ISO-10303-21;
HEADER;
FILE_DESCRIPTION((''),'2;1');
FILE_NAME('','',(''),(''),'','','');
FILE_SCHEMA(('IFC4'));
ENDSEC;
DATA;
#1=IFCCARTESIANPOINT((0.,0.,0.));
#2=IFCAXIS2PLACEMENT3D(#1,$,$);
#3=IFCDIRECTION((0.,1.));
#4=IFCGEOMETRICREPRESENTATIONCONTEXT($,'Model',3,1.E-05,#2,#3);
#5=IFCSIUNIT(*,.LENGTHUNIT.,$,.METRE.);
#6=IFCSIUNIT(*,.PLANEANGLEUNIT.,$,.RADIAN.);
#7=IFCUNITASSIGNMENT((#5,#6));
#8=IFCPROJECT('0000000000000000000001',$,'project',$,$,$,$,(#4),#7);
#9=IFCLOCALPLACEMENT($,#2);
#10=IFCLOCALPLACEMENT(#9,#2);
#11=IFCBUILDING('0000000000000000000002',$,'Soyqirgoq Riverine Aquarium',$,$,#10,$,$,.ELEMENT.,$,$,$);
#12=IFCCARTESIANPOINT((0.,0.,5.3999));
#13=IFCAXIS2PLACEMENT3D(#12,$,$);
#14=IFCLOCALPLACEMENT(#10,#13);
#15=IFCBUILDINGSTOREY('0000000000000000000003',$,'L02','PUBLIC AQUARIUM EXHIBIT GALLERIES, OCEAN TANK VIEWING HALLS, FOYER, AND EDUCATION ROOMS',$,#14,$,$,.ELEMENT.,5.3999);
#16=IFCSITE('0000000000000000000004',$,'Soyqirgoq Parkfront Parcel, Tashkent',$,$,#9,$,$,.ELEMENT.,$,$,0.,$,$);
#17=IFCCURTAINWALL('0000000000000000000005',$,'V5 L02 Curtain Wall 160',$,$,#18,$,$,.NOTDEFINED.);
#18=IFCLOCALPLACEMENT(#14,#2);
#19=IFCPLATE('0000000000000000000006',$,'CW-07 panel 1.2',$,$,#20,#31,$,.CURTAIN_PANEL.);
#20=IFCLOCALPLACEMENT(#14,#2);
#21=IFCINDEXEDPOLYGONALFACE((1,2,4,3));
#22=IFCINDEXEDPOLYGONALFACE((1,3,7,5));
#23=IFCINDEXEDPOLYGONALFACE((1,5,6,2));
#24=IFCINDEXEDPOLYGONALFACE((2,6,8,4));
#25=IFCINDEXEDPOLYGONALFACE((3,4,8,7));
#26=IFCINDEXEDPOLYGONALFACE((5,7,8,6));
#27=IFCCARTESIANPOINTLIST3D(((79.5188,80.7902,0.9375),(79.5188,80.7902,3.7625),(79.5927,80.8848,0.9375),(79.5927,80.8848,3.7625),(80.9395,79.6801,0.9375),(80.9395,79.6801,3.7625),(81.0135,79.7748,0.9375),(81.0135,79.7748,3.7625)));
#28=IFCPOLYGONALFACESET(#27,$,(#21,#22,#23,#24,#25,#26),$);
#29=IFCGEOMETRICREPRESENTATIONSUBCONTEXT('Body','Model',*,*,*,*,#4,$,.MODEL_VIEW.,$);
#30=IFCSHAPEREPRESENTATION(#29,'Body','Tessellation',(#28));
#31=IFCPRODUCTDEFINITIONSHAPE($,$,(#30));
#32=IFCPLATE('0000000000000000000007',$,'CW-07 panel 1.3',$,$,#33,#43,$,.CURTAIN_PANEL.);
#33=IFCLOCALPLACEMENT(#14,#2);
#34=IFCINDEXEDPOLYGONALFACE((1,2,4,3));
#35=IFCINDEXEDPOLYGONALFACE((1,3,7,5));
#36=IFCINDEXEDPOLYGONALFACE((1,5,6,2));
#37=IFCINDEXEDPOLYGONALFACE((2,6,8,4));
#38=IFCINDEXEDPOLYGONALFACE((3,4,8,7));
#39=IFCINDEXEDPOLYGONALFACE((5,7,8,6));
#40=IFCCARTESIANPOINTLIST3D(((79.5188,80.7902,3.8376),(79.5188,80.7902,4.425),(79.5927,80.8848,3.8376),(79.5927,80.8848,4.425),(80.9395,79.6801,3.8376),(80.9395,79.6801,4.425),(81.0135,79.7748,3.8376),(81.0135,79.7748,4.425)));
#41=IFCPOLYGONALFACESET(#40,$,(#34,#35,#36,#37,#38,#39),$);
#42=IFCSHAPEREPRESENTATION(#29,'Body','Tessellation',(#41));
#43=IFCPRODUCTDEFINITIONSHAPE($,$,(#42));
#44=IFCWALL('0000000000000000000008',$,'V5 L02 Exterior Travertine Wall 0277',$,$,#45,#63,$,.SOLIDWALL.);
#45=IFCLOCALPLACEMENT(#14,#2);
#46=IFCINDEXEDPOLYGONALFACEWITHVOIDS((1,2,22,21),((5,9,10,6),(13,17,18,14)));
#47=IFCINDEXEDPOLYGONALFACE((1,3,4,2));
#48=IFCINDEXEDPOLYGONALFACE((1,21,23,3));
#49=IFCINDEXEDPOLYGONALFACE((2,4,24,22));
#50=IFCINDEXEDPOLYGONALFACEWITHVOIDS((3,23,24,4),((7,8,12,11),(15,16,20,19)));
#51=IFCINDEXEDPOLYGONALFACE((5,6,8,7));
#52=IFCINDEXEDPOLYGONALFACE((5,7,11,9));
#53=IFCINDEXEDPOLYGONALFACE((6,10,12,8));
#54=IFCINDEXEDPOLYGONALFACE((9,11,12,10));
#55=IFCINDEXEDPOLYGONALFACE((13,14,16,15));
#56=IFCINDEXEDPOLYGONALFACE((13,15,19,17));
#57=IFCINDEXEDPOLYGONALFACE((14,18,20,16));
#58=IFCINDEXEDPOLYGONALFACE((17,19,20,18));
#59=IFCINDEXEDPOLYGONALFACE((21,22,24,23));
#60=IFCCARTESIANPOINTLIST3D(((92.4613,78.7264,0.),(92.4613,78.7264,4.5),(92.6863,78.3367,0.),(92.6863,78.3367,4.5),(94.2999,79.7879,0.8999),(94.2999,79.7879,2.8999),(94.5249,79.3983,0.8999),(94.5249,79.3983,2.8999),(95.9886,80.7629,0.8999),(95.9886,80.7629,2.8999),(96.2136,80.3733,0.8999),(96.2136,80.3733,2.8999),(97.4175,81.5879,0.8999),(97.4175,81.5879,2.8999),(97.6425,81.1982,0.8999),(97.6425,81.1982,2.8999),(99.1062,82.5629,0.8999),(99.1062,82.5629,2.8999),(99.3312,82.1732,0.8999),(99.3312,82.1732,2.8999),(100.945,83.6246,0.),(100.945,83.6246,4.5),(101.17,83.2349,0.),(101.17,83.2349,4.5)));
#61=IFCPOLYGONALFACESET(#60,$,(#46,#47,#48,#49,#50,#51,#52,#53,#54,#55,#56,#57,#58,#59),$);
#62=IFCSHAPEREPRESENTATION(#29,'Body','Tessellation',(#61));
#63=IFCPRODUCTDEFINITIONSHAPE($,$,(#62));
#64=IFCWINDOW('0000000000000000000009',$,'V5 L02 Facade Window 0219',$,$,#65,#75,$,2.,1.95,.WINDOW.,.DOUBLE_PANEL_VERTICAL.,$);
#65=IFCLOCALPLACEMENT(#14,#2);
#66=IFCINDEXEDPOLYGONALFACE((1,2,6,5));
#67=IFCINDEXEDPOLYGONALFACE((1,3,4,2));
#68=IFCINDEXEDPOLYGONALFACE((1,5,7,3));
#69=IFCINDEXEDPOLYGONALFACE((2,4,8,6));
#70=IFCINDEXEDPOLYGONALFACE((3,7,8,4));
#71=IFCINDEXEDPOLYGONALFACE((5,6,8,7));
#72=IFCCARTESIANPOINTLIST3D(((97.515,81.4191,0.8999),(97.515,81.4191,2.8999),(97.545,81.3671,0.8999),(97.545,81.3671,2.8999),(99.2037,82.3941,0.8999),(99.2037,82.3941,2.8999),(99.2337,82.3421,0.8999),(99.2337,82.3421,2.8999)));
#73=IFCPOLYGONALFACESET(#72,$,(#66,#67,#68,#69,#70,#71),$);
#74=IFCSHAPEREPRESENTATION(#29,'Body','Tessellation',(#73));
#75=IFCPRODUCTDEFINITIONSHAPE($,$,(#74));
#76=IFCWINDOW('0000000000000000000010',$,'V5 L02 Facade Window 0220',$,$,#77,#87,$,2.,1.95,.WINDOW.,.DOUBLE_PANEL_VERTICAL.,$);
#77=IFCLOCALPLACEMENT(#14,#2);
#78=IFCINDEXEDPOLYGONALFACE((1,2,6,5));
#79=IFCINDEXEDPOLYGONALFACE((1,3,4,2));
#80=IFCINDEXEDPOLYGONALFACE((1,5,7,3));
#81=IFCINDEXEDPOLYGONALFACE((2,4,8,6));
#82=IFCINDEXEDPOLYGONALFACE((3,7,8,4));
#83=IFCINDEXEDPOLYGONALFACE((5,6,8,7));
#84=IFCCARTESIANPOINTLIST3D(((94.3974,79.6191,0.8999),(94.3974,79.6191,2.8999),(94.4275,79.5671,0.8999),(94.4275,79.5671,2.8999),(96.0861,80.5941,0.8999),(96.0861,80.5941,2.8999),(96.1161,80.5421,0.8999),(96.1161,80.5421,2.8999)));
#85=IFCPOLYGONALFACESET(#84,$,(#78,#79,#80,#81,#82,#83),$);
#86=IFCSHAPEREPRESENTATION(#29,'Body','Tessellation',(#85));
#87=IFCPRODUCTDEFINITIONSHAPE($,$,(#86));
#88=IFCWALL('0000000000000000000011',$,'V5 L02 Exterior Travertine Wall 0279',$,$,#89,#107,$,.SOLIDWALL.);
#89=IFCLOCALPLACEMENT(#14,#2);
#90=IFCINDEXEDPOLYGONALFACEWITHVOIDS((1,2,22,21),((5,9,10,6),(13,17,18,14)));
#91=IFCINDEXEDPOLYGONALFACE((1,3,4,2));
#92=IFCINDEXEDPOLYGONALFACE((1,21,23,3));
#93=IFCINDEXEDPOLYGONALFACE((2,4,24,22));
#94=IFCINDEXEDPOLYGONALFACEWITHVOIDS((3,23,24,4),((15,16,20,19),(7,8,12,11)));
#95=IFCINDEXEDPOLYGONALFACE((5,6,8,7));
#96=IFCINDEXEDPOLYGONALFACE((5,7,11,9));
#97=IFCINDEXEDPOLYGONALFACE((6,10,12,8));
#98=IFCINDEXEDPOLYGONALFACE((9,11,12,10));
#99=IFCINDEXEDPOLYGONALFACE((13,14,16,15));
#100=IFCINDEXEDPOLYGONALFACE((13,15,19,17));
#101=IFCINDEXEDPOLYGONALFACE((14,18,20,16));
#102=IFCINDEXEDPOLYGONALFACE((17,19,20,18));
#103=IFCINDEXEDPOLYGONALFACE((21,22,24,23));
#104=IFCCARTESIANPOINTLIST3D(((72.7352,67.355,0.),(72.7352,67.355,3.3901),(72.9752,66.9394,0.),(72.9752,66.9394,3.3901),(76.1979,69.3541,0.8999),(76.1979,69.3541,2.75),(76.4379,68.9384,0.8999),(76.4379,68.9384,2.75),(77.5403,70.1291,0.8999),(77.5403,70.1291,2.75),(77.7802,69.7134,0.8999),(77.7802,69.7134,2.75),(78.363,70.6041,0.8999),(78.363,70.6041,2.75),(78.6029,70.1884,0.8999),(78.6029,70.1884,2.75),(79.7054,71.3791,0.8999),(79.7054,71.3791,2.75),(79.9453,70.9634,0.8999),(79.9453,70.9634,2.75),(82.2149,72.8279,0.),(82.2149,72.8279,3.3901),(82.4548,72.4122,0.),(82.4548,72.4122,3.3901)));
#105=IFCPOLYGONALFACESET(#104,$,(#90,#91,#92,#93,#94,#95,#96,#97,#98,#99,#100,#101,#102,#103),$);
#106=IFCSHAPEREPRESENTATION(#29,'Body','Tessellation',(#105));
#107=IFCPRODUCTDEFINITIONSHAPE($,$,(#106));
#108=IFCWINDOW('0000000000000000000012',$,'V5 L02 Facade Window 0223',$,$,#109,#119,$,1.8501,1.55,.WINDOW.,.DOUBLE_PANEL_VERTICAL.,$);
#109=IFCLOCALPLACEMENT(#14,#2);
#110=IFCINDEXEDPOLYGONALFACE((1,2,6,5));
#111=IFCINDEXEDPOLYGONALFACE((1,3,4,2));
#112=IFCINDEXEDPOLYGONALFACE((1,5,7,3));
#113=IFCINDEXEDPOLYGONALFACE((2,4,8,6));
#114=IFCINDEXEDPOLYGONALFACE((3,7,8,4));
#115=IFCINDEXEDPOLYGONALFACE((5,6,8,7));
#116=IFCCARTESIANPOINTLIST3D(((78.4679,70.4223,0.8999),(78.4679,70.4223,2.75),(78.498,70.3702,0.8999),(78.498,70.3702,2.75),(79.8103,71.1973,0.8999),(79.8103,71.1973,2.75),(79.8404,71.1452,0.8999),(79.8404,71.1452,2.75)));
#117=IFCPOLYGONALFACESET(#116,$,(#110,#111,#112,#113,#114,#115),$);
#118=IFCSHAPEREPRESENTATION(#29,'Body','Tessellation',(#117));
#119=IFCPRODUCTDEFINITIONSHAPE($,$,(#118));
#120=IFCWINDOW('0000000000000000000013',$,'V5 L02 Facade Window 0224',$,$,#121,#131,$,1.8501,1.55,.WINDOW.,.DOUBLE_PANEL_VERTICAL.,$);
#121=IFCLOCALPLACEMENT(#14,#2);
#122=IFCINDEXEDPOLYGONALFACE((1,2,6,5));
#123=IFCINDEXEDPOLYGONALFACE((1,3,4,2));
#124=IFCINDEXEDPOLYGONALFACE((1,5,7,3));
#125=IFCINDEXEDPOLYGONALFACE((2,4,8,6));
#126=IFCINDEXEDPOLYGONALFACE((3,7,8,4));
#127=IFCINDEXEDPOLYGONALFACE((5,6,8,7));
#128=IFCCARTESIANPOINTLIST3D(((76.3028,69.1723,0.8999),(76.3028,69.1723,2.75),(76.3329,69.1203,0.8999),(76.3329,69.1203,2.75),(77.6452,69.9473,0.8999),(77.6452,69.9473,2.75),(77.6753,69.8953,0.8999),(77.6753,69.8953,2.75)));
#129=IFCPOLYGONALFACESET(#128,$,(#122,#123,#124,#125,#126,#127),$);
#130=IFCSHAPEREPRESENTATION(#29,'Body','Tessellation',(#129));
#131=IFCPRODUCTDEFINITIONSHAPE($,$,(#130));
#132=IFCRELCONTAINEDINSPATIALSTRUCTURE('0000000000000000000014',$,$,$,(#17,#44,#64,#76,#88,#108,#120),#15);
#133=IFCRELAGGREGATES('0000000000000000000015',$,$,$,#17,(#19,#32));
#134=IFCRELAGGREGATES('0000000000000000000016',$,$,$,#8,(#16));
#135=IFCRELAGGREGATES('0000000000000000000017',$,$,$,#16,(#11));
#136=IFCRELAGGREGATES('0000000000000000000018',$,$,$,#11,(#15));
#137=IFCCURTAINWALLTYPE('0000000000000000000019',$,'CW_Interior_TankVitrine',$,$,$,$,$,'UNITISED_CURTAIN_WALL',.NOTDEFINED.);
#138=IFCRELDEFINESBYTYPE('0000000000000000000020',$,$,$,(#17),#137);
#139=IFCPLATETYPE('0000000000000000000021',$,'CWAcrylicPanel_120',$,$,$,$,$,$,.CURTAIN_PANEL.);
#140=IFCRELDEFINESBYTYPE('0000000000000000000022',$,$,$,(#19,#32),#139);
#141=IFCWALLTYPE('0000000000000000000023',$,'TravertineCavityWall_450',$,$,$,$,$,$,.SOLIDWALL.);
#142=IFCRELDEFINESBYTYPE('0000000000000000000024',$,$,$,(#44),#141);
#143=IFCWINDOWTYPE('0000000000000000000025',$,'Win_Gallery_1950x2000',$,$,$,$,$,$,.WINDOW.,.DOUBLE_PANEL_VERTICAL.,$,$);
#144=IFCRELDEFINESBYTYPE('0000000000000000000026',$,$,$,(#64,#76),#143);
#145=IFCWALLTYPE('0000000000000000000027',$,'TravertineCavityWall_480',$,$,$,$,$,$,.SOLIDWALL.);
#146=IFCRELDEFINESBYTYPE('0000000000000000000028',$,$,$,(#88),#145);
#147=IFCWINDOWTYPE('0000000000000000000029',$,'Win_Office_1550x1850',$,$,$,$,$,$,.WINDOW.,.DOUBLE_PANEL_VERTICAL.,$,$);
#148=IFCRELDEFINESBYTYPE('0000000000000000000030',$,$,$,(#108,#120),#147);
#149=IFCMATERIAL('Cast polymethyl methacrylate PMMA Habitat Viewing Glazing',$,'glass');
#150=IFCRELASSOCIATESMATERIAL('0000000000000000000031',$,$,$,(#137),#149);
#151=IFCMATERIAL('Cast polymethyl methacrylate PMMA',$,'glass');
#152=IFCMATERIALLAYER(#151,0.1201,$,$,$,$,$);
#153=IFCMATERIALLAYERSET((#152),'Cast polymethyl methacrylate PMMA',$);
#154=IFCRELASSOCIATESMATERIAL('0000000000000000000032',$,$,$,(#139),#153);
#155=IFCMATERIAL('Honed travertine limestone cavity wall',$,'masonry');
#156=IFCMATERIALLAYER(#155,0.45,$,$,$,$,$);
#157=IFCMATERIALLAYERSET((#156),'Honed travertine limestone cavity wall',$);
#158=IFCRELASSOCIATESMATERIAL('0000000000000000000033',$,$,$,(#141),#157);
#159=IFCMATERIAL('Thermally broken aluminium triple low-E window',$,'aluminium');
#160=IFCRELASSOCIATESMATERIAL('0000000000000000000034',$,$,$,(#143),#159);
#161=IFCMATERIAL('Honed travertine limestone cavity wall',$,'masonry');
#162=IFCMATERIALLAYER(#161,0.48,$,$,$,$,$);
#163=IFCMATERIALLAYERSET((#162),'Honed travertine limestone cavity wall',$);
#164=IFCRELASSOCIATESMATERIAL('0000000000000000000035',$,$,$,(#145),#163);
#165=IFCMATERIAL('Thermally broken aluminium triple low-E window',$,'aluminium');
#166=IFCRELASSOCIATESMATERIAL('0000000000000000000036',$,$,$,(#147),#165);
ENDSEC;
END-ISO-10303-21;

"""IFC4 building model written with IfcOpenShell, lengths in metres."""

from ifc_helpers import new_model, si_unit, direction, frame, frame_2d, origin, origin_2d, place, context, subcontext, project, spatial, rectangle, extrude, material, layer, layer_set, type_object, element, fill, aggregate, save


model = new_model("IFC4")

# Units and contexts
model_context = context("Model", 3, precision=1e-05, world=origin(), true_north=direction((0.0, 1.0)))
body_context = subcontext(model_context, "Body", "Model", "MODEL_VIEW")
ifc_project = project(units=[si_unit("LENGTHUNIT", "METRE"), si_unit("PLANEANGLEUNIT", "RADIAN")], contexts=[model_context])

# Site, building, storey
site_placement = place(None, origin())
site = spatial("IfcSite", under=ifc_project, at=site_placement, Name="Soyqirgoq Parkfront Parcel, Tashkent", CompositionType="ELEMENT", RefElevation=0.0)
building_placement = place(site_placement, origin())
building = spatial("IfcBuilding", under=site, at=building_placement, Name="Soyqirgoq Riverine Aquarium", CompositionType="ELEMENT")
storey_placement = place(building_placement, frame((0.0, 0.0, 5.3999)))
storey = spatial("IfcBuildingStorey", under=building, at=storey_placement, Name="L02", Description="PUBLIC AQUARIUM EXHIBIT GALLERIES, OCEAN TANK VIEWING HALLS, FOYER, AND EDUCATION ROOMS", CompositionType="ELEMENT", Elevation=5.3999)

# Curtain wall
ifc_material_1 = material(Name="Cast polymethyl methacrylate PMMA Habitat Viewing Glazing", Category="glass")
curtain_wall_type = type_object("IfcCurtainWallType", Name="CW_Interior_TankVitrine", ElementType="UNITISED_CURTAIN_WALL", PredefinedType="NOTDEFINED", material=ifc_material_1)
curtain_wall_placement = place(storey_placement, origin())
curtain_wall = element("IfcCurtainWall", 1, at=curtain_wall_placement, inside=storey, type_object=curtain_wall_type, Name="V5 L02 Curtain Wall 160", PredefinedType="NOTDEFINED")

# Plates
ifc_material_2 = material(Name="Cast polymethyl methacrylate PMMA", Category="glass")
ifc_layer_1 = layer(ifc_material_2, 0.1201)
ifc_layer_set_1 = layer_set([ifc_layer_1], Name="Cast polymethyl methacrylate PMMA")
plate_type = type_object("IfcPlateType", Name="CWAcrylicPanel_120", PredefinedType="CURTAIN_PANEL", material=ifc_layer_set_1)
plate_1_placement = place(storey_placement, frame((80.2661, 80.2825, 0.9375), z_axis=(0.0, 0.0, 1.0), x_axis=(-0.788016, 0.615655, 0.0)))
plate_1 = element("IfcPlate", 2, at=plate_1_placement, type_object=plate_type, Name="CW-07 panel 1.2", PredefinedType="CURTAIN_PANEL", context=body_context, shape_type="SweptSolid", body=[
    extrude(rectangle(XDim=1.803, YDim=0.1201, at=origin_2d()), origin(), (0.0, 0.0, 1.0), 2.825),
])
plate_2_placement = place(storey_placement, frame((80.2661, 80.2825, 3.8376), z_axis=(0.0, 0.0, 1.0), x_axis=(-0.788016, 0.615655, 0.0)))
plate_2 = element("IfcPlate", 3, at=plate_2_placement, type_object=plate_type, Name="CW-07 panel 1.3", PredefinedType="CURTAIN_PANEL", context=body_context, shape_type="SweptSolid", body=[
    extrude(rectangle(XDim=1.803, YDim=0.1201, at=origin_2d()), origin(), (0.0, 0.0, 1.0), 0.5874),
])
aggregate(curtain_wall, [plate_1, plate_2])

# Walls, openings, windows
ifc_material_3 = material(Name="Honed travertine limestone cavity wall", Category="masonry")
ifc_layer_2 = layer(ifc_material_3, 0.45)
ifc_layer_set_2 = layer_set([ifc_layer_2], Name="Honed travertine limestone cavity wall")
wall_type_1 = type_object("IfcWallType", Name="TravertineCavityWall_450", PredefinedType="SOLIDWALL", material=ifc_layer_set_2)
wall_1_placement = place(storey_placement, frame((101.0574, 83.4297, 0.0), z_axis=(0.0, 0.0, 1.0), x_axis=(-0.866018, -0.500012, 0.0)))
wall_1 = element("IfcWall", 4, at=wall_1_placement, inside=storey, type_object=wall_type_1, Name="V5 L02 Exterior Travertine Wall 0277", PredefinedType="SOLIDWALL", context=body_context, shape_type="SweptSolid", body=[
    extrude(rectangle(XDim=9.7961, YDim=0.45, at=frame_2d((4.8979, 0.0))), origin(), (0.0, 0.0, 1.0), 4.5),
])
opening_1_placement = place(wall_1_placement, frame((2.123, 0.0, 0.8999)))
opening_1 = element("IfcOpeningElement", 5, at=opening_1_placement, cuts=wall_1, PredefinedType="OPENING", context=body_context, shape_type="SweptSolid", body=[
    extrude(rectangle(XDim=1.95, YDim=2.0, at=frame_2d((0.9751, 1.0))), frame((0.0, 0.2349, 0.0), z_axis=(0.0, -1.0, 0.0), x_axis=(1.0, 0.0, 0.0)), (0.0, 0.0, 1.0), 0.47),
])
opening_2_placement = place(wall_1_placement, frame((5.7229, 0.0, 0.8999)))
opening_2 = element("IfcOpeningElement", 6, at=opening_2_placement, cuts=wall_1, PredefinedType="OPENING", context=body_context, shape_type="SweptSolid", body=[
    extrude(rectangle(XDim=1.95, YDim=2.0, at=frame_2d((0.9751, 1.0))), frame((0.0, 0.2349, 0.0), z_axis=(0.0, -1.0, 0.0), x_axis=(1.0, 0.0, 0.0)), (0.0, 0.0, 1.0), 0.47),
])
ifc_material_4 = material(Name="Thermally broken aluminium triple low-E window", Category="aluminium")
window_type_1 = type_object("IfcWindowType", Name="Win_Gallery_1950x2000", PartitioningType="DOUBLE_PANEL_VERTICAL", PredefinedType="WINDOW", material=ifc_material_4)
window_1_placement = place(opening_1_placement, origin())
window_1 = element("IfcWindow", 7, at=window_1_placement, inside=storey, type_object=window_type_1, Name="V5 L02 Facade Window 0219", OverallHeight=2.0, OverallWidth=1.95, PartitioningType="DOUBLE_PANEL_VERTICAL", PredefinedType="WINDOW", context=body_context, shape_type="SweptSolid", body=[
    extrude(rectangle(XDim=1.95, YDim=2.0, at=frame_2d((0.9751, 1.0))), frame((0.0, 0.03, 0.0), z_axis=(0.0, -1.0, 0.0), x_axis=(1.0, 0.0, 0.0)), (0.0, 0.0, 1.0), 0.0601),
])
fill(opening_1, window_1)
window_2_placement = place(opening_2_placement, origin())
window_2 = element("IfcWindow", 8, at=window_2_placement, inside=storey, type_object=window_type_1, Name="V5 L02 Facade Window 0220", OverallHeight=2.0, OverallWidth=1.95, PartitioningType="DOUBLE_PANEL_VERTICAL", PredefinedType="WINDOW", context=body_context, shape_type="SweptSolid", body=[
    extrude(rectangle(XDim=1.95, YDim=2.0, at=frame_2d((0.9751, 1.0))), frame((0.0, 0.03, 0.0), z_axis=(0.0, -1.0, 0.0), x_axis=(1.0, 0.0, 0.0)), (0.0, 0.0, 1.0), 0.0601),
])
fill(opening_2, window_2)
ifc_material_5 = material(Name="Honed travertine limestone cavity wall", Category="masonry")
ifc_layer_3 = layer(ifc_material_5, 0.48)
ifc_layer_set_3 = layer_set([ifc_layer_3], Name="Honed travertine limestone cavity wall")
wall_type_2 = type_object("IfcWallType", Name="TravertineCavityWall_480", PredefinedType="SOLIDWALL", material=ifc_layer_set_3)
wall_2_placement = place(storey_placement, frame((82.335, 72.6201, 0.0), z_axis=(0.0, 0.0, 1.0), x_axis=(-0.866034, -0.499984, 0.0)))
wall_2 = element("IfcWall", 9, at=wall_2_placement, inside=storey, type_object=wall_type_2, Name="V5 L02 Exterior Travertine Wall 0279", PredefinedType="SOLIDWALL", context=body_context, shape_type="SweptSolid", body=[
    extrude(rectangle(XDim=10.946, YDim=0.48, at=frame_2d((5.4731, 0.0))), origin(), (0.0, 0.0, 1.0), 3.3901),
])
opening_3_placement = place(wall_2_placement, frame((2.8979, 0.0, 0.8999)))
opening_3 = element("IfcOpeningElement", 10, at=opening_3_placement, cuts=wall_2, PredefinedType="OPENING", context=body_context, shape_type="SweptSolid", body=[
    extrude(rectangle(XDim=1.55, YDim=1.8501, at=frame_2d((0.7749, 0.925))), frame((0.0, 0.25, 0.0), z_axis=(0.0, -1.0, 0.0), x_axis=(1.0, 0.0, 0.0)), (0.0, 0.0, 1.0), 0.5),
])
opening_4_placement = place(wall_2_placement, frame((5.3979, 0.0, 0.8999)))
opening_4 = element("IfcOpeningElement", 11, at=opening_4_placement, cuts=wall_2, PredefinedType="OPENING", context=body_context, shape_type="SweptSolid", body=[
    extrude(rectangle(XDim=1.55, YDim=1.8501, at=frame_2d((0.7749, 0.925))), frame((0.0, 0.25, 0.0), z_axis=(0.0, -1.0, 0.0), x_axis=(1.0, 0.0, 0.0)), (0.0, 0.0, 1.0), 0.5),
])
ifc_material_6 = material(Name="Thermally broken aluminium triple low-E window", Category="aluminium")
window_type_2 = type_object("IfcWindowType", Name="Win_Office_1550x1850", PartitioningType="DOUBLE_PANEL_VERTICAL", PredefinedType="WINDOW", material=ifc_material_6)
window_3_placement = place(opening_3_placement, origin())
window_3 = element("IfcWindow", 12, at=window_3_placement, inside=storey, type_object=window_type_2, Name="V5 L02 Facade Window 0223", OverallHeight=1.8501, OverallWidth=1.55, PartitioningType="DOUBLE_PANEL_VERTICAL", PredefinedType="WINDOW", context=body_context, shape_type="SweptSolid", body=[
    extrude(rectangle(XDim=1.55, YDim=1.8501, at=frame_2d((0.7749, 0.925))), frame((0.0, 0.03, 0.0), z_axis=(0.0, -1.0, 0.0), x_axis=(1.0, 0.0, 0.0)), (0.0, 0.0, 1.0), 0.0601),
])
fill(opening_3, window_3)
window_4_placement = place(opening_4_placement, origin())
window_4 = element("IfcWindow", 13, at=window_4_placement, inside=storey, type_object=window_type_2, Name="V5 L02 Facade Window 0224", OverallHeight=1.8501, OverallWidth=1.55, PartitioningType="DOUBLE_PANEL_VERTICAL", PredefinedType="WINDOW", context=body_context, shape_type="SweptSolid", body=[
    extrude(rectangle(XDim=1.55, YDim=1.8501, at=frame_2d((0.7749, 0.925))), frame((0.0, 0.03, 0.0), z_axis=(0.0, -1.0, 0.0), x_axis=(1.0, 0.0, 0.0)), (0.0, 0.0, 1.0), 0.0601),
])
fill(opening_4, window_4)

save(model, "model.ifc")
